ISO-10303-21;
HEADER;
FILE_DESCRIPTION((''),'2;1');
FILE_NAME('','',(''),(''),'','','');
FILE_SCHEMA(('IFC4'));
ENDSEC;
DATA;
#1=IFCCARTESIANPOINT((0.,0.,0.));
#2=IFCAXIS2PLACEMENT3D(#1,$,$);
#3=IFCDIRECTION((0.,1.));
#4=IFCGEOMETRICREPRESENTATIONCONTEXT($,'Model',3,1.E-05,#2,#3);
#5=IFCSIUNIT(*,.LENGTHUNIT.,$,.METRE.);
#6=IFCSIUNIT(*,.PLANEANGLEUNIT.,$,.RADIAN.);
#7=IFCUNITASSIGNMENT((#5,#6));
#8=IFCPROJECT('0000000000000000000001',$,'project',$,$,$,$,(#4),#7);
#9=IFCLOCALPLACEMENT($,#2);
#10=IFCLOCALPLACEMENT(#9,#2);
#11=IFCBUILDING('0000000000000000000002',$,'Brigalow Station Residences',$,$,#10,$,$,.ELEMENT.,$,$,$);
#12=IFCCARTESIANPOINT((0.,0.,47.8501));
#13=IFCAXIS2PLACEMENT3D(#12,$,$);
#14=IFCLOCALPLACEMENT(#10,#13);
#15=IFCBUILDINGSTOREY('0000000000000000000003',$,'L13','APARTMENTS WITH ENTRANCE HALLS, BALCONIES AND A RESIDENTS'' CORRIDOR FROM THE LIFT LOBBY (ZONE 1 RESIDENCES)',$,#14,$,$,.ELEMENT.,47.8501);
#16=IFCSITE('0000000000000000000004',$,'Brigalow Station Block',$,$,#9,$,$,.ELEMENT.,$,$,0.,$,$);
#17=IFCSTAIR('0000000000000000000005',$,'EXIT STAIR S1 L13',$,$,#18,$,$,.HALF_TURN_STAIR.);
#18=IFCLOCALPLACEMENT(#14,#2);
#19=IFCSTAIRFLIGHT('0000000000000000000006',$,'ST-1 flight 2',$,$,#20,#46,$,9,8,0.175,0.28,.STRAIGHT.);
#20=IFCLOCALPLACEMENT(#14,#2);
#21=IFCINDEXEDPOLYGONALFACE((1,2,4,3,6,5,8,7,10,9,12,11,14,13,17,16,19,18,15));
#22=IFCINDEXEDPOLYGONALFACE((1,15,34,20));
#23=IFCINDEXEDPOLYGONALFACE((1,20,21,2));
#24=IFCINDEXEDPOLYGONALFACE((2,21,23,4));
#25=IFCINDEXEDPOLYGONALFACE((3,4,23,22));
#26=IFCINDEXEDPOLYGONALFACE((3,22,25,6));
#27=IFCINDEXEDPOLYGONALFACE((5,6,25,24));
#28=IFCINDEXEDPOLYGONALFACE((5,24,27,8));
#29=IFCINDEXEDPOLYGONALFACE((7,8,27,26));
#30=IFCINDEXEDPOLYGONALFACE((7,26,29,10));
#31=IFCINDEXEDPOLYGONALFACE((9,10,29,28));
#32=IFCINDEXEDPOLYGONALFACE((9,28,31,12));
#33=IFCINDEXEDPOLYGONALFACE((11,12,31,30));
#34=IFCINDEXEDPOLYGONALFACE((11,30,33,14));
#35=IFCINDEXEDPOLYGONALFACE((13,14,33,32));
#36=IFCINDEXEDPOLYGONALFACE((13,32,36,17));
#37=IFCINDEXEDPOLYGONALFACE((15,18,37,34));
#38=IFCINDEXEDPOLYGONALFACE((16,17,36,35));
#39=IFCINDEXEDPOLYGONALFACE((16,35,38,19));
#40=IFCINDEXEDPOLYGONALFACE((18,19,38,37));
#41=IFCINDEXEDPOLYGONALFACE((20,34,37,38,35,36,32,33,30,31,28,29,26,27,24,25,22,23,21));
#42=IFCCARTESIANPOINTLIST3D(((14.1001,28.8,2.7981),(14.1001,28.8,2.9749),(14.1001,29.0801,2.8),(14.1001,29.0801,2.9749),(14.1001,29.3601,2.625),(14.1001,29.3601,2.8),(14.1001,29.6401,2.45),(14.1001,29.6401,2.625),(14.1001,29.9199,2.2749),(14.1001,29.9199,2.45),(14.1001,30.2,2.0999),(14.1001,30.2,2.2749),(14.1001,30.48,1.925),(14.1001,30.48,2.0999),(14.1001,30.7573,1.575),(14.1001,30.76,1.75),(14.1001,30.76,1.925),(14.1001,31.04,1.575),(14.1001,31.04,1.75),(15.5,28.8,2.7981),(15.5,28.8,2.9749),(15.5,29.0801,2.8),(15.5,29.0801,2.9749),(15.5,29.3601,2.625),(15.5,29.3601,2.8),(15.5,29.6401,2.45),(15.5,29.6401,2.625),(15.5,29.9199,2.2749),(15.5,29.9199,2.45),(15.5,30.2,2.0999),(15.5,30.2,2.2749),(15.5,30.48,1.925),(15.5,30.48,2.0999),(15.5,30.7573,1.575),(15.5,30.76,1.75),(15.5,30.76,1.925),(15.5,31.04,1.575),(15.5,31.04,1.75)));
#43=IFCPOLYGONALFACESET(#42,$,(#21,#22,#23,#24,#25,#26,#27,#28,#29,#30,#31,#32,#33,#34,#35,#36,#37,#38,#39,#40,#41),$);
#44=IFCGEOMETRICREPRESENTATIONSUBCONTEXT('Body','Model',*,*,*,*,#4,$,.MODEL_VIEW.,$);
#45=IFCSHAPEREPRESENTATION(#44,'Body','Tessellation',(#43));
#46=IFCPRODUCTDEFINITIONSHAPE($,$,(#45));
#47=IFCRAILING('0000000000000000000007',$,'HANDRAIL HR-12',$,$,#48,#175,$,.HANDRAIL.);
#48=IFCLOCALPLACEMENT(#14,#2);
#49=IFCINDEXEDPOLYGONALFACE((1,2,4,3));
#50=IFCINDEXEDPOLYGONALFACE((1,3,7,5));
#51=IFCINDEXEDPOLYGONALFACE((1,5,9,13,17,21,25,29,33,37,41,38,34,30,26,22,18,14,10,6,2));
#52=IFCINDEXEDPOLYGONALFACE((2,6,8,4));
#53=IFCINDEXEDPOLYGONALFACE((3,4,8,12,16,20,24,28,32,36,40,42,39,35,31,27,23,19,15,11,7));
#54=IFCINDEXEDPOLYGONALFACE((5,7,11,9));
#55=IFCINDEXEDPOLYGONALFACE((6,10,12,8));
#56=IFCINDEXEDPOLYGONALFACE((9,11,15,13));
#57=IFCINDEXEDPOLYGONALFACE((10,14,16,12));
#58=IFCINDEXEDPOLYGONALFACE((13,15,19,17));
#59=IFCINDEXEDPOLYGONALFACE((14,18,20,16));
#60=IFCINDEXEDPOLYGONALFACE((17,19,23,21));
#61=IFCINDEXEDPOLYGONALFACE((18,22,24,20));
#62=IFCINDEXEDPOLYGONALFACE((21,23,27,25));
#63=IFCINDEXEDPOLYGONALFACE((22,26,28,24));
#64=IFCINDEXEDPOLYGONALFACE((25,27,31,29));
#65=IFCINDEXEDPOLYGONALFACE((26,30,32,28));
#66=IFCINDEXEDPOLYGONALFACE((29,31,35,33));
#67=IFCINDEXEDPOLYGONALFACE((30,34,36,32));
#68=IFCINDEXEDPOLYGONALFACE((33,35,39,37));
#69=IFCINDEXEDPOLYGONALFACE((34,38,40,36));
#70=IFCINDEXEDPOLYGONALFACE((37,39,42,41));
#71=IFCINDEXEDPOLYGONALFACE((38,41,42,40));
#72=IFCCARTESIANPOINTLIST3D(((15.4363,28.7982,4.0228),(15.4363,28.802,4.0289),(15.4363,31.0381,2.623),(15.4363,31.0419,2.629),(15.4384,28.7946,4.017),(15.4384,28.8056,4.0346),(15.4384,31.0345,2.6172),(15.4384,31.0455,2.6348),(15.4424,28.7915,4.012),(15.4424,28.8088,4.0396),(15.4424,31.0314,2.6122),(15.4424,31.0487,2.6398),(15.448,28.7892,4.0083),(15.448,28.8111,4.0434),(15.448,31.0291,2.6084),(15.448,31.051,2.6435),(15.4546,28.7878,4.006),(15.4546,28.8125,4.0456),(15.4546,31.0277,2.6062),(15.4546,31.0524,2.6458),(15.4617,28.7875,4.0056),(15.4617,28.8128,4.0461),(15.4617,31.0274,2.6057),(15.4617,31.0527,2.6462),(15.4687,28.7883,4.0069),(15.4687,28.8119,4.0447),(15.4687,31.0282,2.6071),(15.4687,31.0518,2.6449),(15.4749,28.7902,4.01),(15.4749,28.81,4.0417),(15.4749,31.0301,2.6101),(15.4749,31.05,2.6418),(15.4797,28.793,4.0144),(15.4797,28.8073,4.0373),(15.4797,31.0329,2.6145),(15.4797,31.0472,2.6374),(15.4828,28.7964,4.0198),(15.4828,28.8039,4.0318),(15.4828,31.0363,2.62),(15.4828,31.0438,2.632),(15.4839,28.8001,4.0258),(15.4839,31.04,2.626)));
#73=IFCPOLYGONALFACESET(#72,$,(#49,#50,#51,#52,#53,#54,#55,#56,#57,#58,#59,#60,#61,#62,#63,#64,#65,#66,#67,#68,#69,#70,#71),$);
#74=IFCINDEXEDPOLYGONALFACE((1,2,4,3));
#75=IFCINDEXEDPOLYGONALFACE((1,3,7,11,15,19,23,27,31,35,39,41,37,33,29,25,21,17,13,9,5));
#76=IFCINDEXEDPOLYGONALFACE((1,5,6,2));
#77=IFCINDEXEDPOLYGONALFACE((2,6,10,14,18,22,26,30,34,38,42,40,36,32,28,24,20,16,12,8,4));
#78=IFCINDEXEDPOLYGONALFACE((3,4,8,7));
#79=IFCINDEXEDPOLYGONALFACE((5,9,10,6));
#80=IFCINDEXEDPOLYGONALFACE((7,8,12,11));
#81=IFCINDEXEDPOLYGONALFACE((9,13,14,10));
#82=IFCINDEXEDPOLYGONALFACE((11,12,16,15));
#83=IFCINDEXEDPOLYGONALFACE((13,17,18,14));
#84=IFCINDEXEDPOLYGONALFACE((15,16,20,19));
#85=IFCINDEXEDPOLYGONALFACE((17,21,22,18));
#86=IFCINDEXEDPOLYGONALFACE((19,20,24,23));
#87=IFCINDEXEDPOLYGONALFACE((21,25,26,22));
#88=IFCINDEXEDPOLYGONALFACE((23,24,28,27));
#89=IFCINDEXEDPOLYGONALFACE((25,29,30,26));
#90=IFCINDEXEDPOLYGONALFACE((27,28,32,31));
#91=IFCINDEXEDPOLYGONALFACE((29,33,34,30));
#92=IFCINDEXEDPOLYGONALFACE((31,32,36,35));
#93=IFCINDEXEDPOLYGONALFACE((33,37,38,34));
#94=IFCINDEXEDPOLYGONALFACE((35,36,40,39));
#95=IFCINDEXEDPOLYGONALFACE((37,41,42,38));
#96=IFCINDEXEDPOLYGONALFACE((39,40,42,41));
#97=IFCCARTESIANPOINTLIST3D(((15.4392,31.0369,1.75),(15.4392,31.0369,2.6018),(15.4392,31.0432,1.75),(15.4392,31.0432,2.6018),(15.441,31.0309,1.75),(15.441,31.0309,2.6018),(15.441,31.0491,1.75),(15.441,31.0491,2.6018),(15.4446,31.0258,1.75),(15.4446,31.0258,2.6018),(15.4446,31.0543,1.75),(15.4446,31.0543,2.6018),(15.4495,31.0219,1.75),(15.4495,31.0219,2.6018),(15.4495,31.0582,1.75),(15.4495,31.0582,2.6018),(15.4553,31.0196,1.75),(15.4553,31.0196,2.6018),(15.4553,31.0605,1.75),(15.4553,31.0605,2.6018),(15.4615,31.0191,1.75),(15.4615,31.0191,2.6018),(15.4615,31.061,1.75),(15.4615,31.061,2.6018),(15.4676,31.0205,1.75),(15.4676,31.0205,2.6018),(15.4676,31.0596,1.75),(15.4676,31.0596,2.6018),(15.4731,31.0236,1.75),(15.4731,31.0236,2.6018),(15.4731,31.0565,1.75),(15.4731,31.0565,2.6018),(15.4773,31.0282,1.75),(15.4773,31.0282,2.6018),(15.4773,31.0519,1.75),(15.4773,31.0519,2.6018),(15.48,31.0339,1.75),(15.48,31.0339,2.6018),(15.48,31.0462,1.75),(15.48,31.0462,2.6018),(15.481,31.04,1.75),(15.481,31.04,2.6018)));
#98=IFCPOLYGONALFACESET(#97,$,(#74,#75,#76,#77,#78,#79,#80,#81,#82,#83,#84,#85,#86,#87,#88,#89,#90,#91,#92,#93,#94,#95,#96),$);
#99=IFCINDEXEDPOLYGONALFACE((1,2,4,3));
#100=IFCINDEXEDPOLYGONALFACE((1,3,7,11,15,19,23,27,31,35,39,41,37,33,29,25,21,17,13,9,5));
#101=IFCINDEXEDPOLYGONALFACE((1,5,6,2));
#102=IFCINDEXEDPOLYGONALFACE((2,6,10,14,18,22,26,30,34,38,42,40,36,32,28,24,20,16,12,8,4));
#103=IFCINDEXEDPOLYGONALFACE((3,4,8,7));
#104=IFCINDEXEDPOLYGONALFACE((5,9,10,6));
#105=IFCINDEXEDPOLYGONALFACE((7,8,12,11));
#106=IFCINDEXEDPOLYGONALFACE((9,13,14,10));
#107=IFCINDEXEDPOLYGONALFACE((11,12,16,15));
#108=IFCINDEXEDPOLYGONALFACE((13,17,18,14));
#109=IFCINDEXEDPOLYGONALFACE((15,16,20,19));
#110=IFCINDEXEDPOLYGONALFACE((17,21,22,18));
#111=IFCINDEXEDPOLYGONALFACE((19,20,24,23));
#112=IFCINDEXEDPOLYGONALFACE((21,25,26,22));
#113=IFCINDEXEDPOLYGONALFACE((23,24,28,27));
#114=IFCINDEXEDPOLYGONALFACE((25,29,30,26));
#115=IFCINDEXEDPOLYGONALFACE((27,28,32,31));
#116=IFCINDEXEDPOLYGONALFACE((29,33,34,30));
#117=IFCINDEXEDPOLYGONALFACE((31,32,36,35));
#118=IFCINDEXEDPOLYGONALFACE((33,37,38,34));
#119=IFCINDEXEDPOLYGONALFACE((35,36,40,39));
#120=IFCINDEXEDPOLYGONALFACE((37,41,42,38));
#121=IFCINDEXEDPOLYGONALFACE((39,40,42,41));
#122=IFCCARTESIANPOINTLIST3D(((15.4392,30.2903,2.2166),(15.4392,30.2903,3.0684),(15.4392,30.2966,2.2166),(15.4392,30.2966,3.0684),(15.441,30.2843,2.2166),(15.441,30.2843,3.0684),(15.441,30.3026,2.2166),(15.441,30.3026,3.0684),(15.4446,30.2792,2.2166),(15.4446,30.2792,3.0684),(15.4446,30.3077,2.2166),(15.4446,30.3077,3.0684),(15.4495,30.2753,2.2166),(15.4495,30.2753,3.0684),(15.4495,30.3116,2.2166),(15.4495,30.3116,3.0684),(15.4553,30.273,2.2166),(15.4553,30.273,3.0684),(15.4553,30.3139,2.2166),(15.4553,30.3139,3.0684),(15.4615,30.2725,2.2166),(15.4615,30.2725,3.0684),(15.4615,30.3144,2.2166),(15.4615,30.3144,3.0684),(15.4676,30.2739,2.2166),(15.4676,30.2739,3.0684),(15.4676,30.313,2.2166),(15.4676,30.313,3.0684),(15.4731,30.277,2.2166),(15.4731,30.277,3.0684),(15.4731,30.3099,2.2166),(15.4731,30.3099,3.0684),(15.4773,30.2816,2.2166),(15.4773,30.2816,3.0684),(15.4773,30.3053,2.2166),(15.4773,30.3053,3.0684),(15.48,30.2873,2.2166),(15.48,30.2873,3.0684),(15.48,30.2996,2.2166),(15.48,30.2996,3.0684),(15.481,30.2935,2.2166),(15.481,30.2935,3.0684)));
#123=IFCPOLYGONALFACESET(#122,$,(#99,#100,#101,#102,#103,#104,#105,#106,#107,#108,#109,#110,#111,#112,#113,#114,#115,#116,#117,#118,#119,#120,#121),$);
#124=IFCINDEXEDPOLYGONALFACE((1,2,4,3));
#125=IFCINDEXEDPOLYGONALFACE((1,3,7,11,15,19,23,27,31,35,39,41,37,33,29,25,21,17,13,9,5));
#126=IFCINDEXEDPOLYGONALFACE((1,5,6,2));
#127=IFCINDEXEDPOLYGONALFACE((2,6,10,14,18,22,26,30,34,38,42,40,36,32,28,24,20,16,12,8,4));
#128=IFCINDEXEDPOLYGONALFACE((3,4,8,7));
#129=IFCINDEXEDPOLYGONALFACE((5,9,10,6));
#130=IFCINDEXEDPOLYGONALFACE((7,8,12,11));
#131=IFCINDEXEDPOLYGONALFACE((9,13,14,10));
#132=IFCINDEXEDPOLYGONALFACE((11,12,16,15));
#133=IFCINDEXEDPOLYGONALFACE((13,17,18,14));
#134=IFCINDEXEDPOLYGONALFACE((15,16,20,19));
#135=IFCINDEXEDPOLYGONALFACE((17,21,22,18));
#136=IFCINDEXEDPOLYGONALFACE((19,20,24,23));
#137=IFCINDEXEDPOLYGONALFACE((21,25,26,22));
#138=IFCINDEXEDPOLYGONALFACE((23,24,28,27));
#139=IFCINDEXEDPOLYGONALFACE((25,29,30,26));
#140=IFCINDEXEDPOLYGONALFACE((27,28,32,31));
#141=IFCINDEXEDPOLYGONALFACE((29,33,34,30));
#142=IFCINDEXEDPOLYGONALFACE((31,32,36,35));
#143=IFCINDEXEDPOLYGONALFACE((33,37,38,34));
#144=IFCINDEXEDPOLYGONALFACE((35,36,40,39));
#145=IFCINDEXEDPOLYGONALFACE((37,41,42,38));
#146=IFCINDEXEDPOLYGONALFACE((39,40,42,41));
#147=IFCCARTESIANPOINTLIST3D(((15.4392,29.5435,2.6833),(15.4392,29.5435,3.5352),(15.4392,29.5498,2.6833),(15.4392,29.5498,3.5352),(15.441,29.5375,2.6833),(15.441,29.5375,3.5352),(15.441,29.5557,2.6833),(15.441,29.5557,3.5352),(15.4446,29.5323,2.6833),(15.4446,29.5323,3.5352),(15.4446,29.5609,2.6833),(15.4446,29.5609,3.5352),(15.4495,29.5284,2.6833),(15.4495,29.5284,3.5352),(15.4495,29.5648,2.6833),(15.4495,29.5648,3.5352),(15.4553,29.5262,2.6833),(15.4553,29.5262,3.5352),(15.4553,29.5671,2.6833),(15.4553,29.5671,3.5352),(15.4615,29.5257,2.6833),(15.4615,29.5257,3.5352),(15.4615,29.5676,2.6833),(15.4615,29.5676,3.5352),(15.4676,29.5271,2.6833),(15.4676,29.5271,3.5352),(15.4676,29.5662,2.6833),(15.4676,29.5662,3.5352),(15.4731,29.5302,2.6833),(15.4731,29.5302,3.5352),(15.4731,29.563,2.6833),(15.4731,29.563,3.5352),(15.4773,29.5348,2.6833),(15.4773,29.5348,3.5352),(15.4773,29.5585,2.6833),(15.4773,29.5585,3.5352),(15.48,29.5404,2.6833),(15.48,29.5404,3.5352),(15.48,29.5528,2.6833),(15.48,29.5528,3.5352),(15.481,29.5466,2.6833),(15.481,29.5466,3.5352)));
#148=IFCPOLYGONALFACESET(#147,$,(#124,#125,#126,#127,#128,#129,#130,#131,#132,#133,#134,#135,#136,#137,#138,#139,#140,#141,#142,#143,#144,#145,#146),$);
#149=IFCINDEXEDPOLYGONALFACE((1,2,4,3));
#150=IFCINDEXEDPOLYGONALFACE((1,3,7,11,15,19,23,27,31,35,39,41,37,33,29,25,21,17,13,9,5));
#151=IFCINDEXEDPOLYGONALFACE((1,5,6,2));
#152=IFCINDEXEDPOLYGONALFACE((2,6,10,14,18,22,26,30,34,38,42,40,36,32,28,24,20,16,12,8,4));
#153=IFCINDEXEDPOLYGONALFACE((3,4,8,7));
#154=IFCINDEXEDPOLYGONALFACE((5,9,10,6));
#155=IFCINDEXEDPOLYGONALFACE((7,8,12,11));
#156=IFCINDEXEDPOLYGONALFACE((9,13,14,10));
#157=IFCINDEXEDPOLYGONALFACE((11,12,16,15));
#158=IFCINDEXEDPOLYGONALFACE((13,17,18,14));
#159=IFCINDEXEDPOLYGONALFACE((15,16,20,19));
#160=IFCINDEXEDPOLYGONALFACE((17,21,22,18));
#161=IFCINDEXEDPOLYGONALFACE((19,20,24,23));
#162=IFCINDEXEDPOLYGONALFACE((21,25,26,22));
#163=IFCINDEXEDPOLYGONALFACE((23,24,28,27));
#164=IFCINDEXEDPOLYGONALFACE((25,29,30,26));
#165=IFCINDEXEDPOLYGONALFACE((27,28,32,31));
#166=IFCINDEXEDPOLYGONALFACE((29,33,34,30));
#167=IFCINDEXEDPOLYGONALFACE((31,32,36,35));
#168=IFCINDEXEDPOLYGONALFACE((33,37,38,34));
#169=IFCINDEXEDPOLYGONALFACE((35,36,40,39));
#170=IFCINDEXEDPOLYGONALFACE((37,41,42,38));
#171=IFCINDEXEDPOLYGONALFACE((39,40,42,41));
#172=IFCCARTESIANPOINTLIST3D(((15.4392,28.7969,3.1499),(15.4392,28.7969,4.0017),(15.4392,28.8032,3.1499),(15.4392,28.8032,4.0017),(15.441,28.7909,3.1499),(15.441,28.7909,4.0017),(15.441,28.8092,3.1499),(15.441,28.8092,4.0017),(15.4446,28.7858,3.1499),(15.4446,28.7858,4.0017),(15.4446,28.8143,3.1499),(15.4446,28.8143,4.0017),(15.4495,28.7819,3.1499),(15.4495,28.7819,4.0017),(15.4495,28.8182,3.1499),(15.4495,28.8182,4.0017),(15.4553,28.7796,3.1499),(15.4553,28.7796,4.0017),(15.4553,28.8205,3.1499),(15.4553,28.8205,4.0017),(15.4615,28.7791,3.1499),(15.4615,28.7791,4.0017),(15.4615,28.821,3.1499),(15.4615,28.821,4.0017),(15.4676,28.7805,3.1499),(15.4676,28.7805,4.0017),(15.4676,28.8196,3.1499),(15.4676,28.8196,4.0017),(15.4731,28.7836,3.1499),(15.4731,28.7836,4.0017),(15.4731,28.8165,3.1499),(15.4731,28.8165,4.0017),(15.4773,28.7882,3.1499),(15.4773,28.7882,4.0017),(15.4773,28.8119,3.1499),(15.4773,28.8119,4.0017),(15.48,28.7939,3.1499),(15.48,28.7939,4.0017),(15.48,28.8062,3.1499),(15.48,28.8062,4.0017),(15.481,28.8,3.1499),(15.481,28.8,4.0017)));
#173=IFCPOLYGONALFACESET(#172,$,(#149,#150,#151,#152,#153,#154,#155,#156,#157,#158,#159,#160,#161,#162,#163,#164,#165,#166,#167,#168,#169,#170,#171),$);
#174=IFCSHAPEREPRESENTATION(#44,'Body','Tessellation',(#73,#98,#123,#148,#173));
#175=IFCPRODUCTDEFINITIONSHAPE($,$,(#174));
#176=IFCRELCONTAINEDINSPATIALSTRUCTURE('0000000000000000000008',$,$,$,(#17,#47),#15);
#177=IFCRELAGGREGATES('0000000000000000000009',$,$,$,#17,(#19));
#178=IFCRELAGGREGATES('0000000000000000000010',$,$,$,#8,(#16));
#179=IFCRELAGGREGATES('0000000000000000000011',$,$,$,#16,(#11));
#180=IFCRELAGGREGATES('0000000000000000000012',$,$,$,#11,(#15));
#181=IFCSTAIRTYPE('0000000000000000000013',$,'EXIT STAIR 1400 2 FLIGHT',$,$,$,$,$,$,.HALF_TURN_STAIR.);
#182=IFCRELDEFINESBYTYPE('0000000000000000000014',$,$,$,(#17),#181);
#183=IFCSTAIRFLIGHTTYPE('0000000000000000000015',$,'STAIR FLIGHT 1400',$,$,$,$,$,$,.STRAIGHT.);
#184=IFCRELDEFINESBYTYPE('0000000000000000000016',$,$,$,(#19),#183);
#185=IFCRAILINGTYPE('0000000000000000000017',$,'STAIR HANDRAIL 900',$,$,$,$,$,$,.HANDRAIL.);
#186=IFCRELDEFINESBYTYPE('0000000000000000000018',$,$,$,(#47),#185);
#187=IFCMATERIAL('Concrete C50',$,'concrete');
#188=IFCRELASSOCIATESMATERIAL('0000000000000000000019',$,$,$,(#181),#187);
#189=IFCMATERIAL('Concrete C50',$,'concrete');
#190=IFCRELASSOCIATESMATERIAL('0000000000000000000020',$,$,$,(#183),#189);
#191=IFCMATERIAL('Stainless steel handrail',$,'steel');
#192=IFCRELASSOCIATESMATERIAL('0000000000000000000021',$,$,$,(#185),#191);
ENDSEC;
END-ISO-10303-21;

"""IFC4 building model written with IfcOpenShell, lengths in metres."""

from ifc_helpers import new_model, si_unit, direction, frame, origin, origin_2d, place, context, subcontext, project, spatial, polyline, circle, outline, extrude, material, type_object, element, aggregate, save


model = new_model("IFC4")

# Units and contexts
model_context = context("Model", 3, precision=1e-05, world=origin(), true_north=direction((0.0, 1.0)))
body_context = subcontext(model_context, "Body", "Model", "MODEL_VIEW")
ifc_project = project(units=[si_unit("LENGTHUNIT", "METRE"), si_unit("PLANEANGLEUNIT", "RADIAN")], contexts=[model_context])

# Site, building, storey
site_placement = place(None, origin())
site = spatial("IfcSite", under=ifc_project, at=site_placement, Name="Brigalow Station Block", CompositionType="ELEMENT", RefElevation=0.0)
building_placement = place(site_placement, origin())
building = spatial("IfcBuilding", under=site, at=building_placement, Name="Brigalow Station Residences", CompositionType="ELEMENT")
storey_placement = place(building_placement, frame((0.0, 0.0, 47.8501)))
storey = spatial("IfcBuildingStorey", under=building, at=storey_placement, Name="L13", Description="APARTMENTS WITH ENTRANCE HALLS, BALCONIES AND A RESIDENTS' CORRIDOR FROM THE LIFT LOBBY (ZONE 1 RESIDENCES)", CompositionType="ELEMENT", Elevation=47.8501)

# Stair, stair flight
ifc_material_1 = material(Name="Concrete C50", Category="concrete")
stair_type = type_object("IfcStairType", Name="EXIT STAIR 1400 2 FLIGHT", PredefinedType="HALF_TURN_STAIR", material=ifc_material_1)
stair_placement = place(storey_placement, origin())
stair = element("IfcStair", 1, at=stair_placement, inside=storey, type_object=stair_type, Name="EXIT STAIR S1 L13", PredefinedType="HALF_TURN_STAIR")
ifc_material_2 = material(Name="Concrete C50", Category="concrete")
stair_flight_type = type_object("IfcStairFlightType", Name="STAIR FLIGHT 1400", PredefinedType="STRAIGHT", material=ifc_material_2)
stair_flight_placement = place(storey_placement, frame((14.8, 31.04, 1.575), z_axis=(0.0, 0.0, 1.0), x_axis=(0.0, -1.0, 0.0)))
stair_flight = element("IfcStairFlight", 2, at=stair_flight_placement, type_object=stair_flight_type, Name="ST-1 flight 2", NumberOfRisers=9, NumberOfTreads=8, PredefinedType="STRAIGHT", RiserHeight=0.175, TreadLength=0.28, context=body_context, shape_type="SweptSolid", body=[
    extrude(outline(polyline([(0.0, 0.0), (0.0, 0.175), (0.28, 0.175), (0.28, 0.3501), (0.5601, 0.3501), (0.5601, 0.5249), (0.8401, 0.5249), (0.8401, 0.7), (1.1201, 0.7), (1.1201, 0.875), (1.3999, 0.875), (1.3999, 1.05), (1.6799, 1.05), (1.6799, 1.2251), (1.96, 1.2251), (1.96, 1.3999), (2.24, 1.3999), (2.24, 1.575), (2.24, 1.2231), (0.2827, 0.0), (0.0, 0.0)])), frame((0.0, 0.7, 0.0), z_axis=(0.0, -1.0, 0.0), x_axis=(1.0, 0.0, 0.0)), (0.0, 0.0, 1.0), 1.3999),
])
aggregate(stair, [stair_flight])

# Railing
ifc_material_3 = material(Name="Stainless steel handrail", Category="steel")
railing_type_1 = type_object("IfcRailingType", Name="STAIR HANDRAIL 900", PredefinedType="HANDRAIL", material=ifc_material_3)
railing_1_placement = place(storey_placement, frame((15.46, 31.04, 1.75)))
element("IfcRailing", 3, at=railing_1_placement, inside=storey, type_object=railing_type_1, Name="HANDRAIL HR-12", PredefinedType="HANDRAIL", context=body_context, shape_type="SweptSolid", body=[
    extrude(circle(Radius=0.0239, at=origin_2d()), frame((0.0, 0.0, 0.876), z_axis=(0.0, -0.848014, 0.529974), x_axis=(1.0, 0.0, 0.0)), (0.0, 0.0, 1.0), 2.6414),
    extrude(circle(Radius=0.021, at=origin_2d()), origin(), (0.0, 0.0, 1.0), 0.8518),
    extrude(circle(Radius=0.021, at=origin_2d()), frame((0.0, -0.7466, 0.4666)), (0.0, 0.0, 1.0), 0.8518),
    extrude(circle(Radius=0.021, at=origin_2d()), frame((0.0, -1.4934, 0.9333)), (0.0, 0.0, 1.0), 0.8518),
    extrude(circle(Radius=0.021, at=origin_2d()), frame((0.0, -2.24, 1.3999)), (0.0, 0.0, 1.0), 0.8518),
])

save(model, "model.ifc")
